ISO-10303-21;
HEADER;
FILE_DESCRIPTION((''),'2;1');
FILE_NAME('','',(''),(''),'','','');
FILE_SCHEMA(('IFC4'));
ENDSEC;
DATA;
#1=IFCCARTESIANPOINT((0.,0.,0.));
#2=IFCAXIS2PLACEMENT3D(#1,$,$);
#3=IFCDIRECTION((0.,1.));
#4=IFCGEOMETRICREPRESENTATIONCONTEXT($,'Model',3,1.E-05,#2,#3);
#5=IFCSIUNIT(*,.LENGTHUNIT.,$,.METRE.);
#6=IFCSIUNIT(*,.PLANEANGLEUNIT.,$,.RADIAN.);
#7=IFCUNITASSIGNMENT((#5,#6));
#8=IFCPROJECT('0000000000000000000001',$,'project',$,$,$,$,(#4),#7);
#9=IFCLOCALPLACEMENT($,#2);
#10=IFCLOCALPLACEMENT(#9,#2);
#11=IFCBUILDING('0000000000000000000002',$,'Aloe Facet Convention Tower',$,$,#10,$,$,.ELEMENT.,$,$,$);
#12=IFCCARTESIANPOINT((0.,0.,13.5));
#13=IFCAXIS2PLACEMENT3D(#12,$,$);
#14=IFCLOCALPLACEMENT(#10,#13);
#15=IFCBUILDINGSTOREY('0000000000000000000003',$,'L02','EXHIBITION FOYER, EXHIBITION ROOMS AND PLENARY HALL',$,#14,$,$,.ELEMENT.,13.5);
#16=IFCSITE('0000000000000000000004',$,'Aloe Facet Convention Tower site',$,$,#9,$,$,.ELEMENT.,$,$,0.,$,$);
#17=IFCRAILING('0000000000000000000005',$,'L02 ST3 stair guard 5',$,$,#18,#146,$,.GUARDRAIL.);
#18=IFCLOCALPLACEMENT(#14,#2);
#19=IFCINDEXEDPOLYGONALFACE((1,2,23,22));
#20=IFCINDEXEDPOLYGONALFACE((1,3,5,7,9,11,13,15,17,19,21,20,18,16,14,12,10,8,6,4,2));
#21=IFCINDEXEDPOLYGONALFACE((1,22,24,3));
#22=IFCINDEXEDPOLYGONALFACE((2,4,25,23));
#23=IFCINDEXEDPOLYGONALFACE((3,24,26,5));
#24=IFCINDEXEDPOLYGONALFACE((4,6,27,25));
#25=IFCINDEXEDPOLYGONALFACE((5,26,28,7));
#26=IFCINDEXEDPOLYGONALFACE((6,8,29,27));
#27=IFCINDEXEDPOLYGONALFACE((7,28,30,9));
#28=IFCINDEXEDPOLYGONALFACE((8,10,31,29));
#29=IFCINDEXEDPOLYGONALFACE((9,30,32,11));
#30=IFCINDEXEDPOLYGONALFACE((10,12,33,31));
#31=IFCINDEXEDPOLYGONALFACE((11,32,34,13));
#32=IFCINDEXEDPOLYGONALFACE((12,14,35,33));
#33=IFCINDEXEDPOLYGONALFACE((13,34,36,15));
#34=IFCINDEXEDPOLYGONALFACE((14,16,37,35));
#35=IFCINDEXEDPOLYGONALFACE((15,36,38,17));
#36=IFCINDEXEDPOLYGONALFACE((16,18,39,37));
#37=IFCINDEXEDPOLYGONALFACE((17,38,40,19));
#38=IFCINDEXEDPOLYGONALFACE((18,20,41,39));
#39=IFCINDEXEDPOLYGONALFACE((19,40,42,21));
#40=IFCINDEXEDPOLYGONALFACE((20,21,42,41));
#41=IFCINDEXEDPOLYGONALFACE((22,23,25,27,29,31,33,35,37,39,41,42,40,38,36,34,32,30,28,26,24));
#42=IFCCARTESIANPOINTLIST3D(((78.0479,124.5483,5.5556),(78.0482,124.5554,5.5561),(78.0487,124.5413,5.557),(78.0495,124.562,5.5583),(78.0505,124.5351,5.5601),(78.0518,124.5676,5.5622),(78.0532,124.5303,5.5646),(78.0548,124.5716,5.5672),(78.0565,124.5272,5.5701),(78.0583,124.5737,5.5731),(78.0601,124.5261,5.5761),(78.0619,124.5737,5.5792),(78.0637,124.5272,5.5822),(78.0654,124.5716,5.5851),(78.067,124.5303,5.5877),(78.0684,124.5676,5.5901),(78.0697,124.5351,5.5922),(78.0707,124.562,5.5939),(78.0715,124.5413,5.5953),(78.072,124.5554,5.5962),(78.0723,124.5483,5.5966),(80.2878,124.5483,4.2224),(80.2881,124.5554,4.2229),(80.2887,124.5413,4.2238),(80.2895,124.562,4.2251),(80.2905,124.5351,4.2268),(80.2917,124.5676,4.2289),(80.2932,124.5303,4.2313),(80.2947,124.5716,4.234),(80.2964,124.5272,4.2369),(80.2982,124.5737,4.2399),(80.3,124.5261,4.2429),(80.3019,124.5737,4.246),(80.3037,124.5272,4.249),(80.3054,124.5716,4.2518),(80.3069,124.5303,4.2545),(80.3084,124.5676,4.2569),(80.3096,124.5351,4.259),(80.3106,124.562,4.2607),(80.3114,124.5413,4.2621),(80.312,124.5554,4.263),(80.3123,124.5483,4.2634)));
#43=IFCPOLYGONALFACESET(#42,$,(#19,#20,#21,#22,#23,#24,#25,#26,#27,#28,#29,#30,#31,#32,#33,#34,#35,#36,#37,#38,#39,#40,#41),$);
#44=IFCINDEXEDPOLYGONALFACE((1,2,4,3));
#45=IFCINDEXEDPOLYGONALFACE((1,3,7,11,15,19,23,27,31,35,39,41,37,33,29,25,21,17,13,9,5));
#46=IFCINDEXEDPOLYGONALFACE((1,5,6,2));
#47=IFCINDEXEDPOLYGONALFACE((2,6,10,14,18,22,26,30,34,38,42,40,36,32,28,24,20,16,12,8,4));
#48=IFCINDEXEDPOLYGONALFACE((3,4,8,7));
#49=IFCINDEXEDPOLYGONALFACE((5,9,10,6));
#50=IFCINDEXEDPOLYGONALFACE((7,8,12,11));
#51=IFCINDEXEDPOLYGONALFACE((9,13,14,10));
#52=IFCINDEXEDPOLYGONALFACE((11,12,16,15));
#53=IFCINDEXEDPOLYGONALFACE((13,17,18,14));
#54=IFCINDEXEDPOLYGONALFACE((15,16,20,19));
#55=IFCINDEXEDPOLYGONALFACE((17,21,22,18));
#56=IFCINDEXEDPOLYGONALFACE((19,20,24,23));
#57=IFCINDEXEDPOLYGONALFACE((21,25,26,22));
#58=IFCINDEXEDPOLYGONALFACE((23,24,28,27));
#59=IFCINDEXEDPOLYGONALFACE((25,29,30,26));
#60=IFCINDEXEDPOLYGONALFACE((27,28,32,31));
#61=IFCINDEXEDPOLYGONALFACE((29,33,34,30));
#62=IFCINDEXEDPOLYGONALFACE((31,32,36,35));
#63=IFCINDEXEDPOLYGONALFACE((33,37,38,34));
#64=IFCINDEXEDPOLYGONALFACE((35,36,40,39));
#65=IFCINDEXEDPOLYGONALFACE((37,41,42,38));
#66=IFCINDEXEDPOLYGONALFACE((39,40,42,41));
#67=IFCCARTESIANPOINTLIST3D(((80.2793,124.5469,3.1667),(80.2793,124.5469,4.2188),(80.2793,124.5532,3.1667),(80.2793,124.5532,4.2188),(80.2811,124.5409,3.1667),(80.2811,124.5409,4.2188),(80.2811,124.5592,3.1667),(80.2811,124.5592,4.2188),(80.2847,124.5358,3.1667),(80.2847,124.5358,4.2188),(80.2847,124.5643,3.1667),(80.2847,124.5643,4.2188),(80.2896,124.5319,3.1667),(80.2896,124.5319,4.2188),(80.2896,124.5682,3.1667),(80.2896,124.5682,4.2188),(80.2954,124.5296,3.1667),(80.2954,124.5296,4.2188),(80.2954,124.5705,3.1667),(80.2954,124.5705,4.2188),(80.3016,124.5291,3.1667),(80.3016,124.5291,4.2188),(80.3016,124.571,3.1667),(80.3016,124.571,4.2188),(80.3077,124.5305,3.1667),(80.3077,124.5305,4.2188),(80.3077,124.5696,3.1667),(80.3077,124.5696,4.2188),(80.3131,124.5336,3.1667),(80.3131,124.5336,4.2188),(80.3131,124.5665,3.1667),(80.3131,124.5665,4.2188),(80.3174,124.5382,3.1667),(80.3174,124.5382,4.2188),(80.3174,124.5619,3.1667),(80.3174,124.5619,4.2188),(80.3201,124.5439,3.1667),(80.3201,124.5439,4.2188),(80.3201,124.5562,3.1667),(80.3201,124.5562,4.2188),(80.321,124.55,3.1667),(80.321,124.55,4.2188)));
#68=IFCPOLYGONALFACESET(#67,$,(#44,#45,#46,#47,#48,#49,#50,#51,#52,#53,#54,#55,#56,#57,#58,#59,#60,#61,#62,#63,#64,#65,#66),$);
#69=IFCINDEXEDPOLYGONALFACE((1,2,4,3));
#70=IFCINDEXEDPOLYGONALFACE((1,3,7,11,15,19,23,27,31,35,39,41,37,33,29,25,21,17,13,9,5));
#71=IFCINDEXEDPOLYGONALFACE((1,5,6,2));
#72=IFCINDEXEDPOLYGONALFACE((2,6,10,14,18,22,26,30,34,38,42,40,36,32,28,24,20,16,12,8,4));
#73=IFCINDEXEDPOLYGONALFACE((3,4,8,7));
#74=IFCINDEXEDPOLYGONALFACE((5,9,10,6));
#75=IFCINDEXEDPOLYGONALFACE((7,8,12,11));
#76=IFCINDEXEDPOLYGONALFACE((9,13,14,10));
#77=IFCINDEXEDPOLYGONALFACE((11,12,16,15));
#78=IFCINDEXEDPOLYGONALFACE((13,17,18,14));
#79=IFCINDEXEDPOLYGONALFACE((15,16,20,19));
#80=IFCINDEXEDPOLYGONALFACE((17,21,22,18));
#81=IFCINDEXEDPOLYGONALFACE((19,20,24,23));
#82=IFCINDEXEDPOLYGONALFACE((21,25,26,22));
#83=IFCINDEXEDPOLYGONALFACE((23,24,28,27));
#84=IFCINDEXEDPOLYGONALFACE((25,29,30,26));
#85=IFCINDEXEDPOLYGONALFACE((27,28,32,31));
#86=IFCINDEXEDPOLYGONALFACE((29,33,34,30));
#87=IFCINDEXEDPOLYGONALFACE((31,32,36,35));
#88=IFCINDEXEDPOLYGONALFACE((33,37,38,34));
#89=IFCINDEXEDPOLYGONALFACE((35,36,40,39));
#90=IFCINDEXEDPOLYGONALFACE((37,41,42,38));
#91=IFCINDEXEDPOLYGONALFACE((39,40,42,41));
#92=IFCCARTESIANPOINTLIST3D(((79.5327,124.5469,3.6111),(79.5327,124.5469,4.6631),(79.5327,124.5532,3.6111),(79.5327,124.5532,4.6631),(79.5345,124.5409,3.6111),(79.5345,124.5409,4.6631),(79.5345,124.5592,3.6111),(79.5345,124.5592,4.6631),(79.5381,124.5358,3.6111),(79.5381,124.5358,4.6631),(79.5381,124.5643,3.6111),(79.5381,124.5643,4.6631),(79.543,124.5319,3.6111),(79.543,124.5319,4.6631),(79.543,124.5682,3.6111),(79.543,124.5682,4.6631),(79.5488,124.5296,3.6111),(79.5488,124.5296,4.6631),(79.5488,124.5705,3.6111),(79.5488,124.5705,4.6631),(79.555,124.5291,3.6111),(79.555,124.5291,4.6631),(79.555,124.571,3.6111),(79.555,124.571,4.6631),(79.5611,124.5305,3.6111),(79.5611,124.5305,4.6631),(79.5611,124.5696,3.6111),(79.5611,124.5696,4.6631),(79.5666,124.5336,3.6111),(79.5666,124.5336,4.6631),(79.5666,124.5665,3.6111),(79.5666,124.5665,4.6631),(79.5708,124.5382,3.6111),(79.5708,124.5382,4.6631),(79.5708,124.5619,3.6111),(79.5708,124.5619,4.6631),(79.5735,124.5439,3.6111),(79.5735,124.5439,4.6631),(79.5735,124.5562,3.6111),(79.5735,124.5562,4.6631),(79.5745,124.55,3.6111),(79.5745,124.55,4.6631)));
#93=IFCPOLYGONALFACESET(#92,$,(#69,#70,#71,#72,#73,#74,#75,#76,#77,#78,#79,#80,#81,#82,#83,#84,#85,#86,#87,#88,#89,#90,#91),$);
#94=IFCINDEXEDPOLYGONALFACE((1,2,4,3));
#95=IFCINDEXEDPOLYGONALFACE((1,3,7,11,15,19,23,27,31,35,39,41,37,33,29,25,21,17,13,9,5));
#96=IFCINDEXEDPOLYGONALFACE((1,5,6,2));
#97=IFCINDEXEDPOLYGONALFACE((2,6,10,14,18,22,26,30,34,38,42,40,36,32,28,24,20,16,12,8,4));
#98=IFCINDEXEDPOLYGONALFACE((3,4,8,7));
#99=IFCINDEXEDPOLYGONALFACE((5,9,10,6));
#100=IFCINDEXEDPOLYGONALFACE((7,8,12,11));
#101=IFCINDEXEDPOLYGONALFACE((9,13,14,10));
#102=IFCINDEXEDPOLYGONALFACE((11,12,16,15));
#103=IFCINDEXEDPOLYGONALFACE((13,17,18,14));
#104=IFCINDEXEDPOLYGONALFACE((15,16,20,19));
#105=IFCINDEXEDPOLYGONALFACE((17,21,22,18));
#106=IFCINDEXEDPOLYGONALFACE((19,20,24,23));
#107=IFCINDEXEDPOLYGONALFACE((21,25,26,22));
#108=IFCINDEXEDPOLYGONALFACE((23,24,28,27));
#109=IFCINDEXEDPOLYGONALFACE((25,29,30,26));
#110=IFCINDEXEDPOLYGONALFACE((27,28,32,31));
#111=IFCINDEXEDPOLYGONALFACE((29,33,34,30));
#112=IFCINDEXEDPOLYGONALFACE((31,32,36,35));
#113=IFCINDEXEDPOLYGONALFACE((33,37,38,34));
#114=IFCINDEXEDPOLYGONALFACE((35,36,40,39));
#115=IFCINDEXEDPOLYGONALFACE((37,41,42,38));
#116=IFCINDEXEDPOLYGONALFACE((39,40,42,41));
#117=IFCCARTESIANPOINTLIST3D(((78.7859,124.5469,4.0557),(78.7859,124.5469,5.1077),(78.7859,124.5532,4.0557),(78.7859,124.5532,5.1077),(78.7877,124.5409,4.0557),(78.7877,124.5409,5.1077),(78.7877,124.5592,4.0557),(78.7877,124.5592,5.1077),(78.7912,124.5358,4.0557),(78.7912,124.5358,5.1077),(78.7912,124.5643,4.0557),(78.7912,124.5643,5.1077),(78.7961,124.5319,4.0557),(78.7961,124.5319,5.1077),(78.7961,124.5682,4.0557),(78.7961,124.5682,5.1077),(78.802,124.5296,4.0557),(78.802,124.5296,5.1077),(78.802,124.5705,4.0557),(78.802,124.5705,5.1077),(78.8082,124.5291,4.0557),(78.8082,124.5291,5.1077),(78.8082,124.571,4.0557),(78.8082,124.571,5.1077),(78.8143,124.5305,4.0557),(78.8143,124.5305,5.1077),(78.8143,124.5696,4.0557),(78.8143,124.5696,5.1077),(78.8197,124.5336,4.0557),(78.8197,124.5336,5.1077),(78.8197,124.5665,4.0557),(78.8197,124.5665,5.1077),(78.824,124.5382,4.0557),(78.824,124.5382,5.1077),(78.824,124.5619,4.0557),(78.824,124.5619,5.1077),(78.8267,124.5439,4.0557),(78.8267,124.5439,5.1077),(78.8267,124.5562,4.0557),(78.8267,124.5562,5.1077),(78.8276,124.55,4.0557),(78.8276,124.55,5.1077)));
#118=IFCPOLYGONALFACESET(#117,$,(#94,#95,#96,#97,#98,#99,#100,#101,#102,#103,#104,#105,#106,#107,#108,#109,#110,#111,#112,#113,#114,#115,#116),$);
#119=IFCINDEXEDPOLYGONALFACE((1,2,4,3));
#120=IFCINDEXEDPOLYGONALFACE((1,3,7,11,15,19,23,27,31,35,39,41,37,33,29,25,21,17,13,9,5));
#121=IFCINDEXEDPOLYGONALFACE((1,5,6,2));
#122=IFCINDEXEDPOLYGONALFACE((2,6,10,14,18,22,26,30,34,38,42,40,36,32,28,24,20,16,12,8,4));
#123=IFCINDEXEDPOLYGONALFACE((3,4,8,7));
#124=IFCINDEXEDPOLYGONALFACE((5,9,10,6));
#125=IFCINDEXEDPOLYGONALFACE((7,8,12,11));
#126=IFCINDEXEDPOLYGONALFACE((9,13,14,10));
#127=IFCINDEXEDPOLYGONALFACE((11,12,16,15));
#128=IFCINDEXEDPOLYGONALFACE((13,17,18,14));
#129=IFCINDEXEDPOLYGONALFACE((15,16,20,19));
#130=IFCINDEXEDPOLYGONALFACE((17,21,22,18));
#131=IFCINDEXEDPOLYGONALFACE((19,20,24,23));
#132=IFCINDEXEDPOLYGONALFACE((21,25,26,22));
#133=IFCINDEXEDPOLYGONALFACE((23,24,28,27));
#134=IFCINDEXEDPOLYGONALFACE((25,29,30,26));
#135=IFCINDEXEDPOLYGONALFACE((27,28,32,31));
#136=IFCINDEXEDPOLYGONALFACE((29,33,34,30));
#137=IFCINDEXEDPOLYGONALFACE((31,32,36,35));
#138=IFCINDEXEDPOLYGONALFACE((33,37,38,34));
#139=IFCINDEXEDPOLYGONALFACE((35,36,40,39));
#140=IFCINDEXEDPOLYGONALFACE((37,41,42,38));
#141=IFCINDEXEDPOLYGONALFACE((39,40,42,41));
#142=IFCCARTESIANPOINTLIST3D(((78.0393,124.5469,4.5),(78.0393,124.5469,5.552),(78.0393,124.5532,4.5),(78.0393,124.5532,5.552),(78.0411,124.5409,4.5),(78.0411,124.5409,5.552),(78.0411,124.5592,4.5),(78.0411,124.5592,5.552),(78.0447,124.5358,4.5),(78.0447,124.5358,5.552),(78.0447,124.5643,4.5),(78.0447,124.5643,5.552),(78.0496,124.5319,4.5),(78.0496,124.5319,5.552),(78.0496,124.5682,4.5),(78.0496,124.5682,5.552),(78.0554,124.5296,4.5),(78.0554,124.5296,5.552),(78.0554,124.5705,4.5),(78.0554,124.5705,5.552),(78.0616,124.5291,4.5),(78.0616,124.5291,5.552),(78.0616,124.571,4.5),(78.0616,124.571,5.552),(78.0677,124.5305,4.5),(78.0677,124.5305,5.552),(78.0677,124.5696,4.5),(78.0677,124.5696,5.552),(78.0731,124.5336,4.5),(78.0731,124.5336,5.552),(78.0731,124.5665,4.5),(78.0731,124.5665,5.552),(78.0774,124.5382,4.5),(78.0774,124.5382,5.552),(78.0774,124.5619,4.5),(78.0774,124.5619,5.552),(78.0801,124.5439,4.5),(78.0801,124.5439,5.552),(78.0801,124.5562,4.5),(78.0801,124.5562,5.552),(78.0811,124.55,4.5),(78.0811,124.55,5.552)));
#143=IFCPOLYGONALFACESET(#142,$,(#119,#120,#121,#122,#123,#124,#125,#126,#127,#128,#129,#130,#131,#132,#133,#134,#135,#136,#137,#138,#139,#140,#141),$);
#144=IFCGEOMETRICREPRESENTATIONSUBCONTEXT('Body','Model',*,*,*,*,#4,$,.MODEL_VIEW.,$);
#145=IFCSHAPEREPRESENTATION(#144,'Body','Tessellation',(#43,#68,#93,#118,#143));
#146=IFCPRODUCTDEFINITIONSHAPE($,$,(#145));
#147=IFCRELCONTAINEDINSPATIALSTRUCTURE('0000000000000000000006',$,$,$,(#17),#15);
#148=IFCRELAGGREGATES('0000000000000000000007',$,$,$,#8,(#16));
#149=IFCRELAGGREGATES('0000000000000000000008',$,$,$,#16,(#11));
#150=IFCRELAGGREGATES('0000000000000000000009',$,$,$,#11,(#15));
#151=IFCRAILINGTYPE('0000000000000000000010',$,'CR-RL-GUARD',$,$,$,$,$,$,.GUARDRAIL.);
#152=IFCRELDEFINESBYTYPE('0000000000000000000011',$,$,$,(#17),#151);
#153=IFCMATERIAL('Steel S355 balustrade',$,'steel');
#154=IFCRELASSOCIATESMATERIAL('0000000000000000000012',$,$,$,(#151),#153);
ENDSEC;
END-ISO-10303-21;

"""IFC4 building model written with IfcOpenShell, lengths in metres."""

from ifc_helpers import new_model, si_unit, direction, frame, origin, origin_2d, place, context, subcontext, project, spatial, circle, extrude, material, type_object, element, save


model = new_model("IFC4")

# Units and contexts
model_context = context("Model", 3, precision=1e-05, world=origin(), true_north=direction((0.0, 1.0)))
body_context = subcontext(model_context, "Body", "Model", "MODEL_VIEW")
ifc_project = project(units=[si_unit("LENGTHUNIT", "METRE"), si_unit("PLANEANGLEUNIT", "RADIAN")], contexts=[model_context])

# Site, building, storey
site_placement = place(None, origin())
site = spatial("IfcSite", under=ifc_project, at=site_placement, Name="Aloe Facet Convention Tower site", CompositionType="ELEMENT", RefElevation=0.0)
building_placement = place(site_placement, origin())
building = spatial("IfcBuilding", under=site, at=building_placement, Name="Aloe Facet Convention Tower", CompositionType="ELEMENT")
storey_placement = place(building_placement, frame((0.0, 0.0, 13.5)))
storey = spatial("IfcBuildingStorey", under=building, at=storey_placement, Name="L02", Description="EXHIBITION FOYER, EXHIBITION ROOMS AND PLENARY HALL", CompositionType="ELEMENT", Elevation=13.5)

# Railing
ifc_material_1 = material(Name="Steel S355 balustrade", Category="steel")
railing_type_1 = type_object("IfcRailingType", Name="CR-RL-GUARD", PredefinedType="GUARDRAIL", material=ifc_material_1)
railing_1_placement = place(storey_placement, frame((80.3, 124.55, 3.1667)))
element("IfcRailing", 1, at=railing_1_placement, inside=storey, type_object=railing_type_1, Name="L02 ST3 stair guard 5", PredefinedType="GUARDRAIL", context=body_context, shape_type="SweptSolid", body=[
    extrude(circle(Radius=0.0239, at=origin_2d()), frame((0.0, 0.0, 1.0762), z_axis=(-0.859306, 0.0, 0.511462), x_axis=(0.0, -1.0, 0.0)), (0.0, 0.0, 1.0), 2.6067),
    extrude(circle(Radius=0.021, at=origin_2d()), origin(), (0.0, 0.0, 1.0), 1.052),
    extrude(circle(Radius=0.021, at=origin_2d()), frame((-0.7466, 0.0, 0.4443)), (0.0, 0.0, 1.0), 1.052),
    extrude(circle(Radius=0.021, at=origin_2d()), frame((-1.4934, 0.0, 0.8889)), (0.0, 0.0, 1.0), 1.052),
    extrude(circle(Radius=0.021, at=origin_2d()), frame((-2.24, 0.0, 1.3333)), (0.0, 0.0, 1.0), 1.052),
])

save(model, "model.ifc")
